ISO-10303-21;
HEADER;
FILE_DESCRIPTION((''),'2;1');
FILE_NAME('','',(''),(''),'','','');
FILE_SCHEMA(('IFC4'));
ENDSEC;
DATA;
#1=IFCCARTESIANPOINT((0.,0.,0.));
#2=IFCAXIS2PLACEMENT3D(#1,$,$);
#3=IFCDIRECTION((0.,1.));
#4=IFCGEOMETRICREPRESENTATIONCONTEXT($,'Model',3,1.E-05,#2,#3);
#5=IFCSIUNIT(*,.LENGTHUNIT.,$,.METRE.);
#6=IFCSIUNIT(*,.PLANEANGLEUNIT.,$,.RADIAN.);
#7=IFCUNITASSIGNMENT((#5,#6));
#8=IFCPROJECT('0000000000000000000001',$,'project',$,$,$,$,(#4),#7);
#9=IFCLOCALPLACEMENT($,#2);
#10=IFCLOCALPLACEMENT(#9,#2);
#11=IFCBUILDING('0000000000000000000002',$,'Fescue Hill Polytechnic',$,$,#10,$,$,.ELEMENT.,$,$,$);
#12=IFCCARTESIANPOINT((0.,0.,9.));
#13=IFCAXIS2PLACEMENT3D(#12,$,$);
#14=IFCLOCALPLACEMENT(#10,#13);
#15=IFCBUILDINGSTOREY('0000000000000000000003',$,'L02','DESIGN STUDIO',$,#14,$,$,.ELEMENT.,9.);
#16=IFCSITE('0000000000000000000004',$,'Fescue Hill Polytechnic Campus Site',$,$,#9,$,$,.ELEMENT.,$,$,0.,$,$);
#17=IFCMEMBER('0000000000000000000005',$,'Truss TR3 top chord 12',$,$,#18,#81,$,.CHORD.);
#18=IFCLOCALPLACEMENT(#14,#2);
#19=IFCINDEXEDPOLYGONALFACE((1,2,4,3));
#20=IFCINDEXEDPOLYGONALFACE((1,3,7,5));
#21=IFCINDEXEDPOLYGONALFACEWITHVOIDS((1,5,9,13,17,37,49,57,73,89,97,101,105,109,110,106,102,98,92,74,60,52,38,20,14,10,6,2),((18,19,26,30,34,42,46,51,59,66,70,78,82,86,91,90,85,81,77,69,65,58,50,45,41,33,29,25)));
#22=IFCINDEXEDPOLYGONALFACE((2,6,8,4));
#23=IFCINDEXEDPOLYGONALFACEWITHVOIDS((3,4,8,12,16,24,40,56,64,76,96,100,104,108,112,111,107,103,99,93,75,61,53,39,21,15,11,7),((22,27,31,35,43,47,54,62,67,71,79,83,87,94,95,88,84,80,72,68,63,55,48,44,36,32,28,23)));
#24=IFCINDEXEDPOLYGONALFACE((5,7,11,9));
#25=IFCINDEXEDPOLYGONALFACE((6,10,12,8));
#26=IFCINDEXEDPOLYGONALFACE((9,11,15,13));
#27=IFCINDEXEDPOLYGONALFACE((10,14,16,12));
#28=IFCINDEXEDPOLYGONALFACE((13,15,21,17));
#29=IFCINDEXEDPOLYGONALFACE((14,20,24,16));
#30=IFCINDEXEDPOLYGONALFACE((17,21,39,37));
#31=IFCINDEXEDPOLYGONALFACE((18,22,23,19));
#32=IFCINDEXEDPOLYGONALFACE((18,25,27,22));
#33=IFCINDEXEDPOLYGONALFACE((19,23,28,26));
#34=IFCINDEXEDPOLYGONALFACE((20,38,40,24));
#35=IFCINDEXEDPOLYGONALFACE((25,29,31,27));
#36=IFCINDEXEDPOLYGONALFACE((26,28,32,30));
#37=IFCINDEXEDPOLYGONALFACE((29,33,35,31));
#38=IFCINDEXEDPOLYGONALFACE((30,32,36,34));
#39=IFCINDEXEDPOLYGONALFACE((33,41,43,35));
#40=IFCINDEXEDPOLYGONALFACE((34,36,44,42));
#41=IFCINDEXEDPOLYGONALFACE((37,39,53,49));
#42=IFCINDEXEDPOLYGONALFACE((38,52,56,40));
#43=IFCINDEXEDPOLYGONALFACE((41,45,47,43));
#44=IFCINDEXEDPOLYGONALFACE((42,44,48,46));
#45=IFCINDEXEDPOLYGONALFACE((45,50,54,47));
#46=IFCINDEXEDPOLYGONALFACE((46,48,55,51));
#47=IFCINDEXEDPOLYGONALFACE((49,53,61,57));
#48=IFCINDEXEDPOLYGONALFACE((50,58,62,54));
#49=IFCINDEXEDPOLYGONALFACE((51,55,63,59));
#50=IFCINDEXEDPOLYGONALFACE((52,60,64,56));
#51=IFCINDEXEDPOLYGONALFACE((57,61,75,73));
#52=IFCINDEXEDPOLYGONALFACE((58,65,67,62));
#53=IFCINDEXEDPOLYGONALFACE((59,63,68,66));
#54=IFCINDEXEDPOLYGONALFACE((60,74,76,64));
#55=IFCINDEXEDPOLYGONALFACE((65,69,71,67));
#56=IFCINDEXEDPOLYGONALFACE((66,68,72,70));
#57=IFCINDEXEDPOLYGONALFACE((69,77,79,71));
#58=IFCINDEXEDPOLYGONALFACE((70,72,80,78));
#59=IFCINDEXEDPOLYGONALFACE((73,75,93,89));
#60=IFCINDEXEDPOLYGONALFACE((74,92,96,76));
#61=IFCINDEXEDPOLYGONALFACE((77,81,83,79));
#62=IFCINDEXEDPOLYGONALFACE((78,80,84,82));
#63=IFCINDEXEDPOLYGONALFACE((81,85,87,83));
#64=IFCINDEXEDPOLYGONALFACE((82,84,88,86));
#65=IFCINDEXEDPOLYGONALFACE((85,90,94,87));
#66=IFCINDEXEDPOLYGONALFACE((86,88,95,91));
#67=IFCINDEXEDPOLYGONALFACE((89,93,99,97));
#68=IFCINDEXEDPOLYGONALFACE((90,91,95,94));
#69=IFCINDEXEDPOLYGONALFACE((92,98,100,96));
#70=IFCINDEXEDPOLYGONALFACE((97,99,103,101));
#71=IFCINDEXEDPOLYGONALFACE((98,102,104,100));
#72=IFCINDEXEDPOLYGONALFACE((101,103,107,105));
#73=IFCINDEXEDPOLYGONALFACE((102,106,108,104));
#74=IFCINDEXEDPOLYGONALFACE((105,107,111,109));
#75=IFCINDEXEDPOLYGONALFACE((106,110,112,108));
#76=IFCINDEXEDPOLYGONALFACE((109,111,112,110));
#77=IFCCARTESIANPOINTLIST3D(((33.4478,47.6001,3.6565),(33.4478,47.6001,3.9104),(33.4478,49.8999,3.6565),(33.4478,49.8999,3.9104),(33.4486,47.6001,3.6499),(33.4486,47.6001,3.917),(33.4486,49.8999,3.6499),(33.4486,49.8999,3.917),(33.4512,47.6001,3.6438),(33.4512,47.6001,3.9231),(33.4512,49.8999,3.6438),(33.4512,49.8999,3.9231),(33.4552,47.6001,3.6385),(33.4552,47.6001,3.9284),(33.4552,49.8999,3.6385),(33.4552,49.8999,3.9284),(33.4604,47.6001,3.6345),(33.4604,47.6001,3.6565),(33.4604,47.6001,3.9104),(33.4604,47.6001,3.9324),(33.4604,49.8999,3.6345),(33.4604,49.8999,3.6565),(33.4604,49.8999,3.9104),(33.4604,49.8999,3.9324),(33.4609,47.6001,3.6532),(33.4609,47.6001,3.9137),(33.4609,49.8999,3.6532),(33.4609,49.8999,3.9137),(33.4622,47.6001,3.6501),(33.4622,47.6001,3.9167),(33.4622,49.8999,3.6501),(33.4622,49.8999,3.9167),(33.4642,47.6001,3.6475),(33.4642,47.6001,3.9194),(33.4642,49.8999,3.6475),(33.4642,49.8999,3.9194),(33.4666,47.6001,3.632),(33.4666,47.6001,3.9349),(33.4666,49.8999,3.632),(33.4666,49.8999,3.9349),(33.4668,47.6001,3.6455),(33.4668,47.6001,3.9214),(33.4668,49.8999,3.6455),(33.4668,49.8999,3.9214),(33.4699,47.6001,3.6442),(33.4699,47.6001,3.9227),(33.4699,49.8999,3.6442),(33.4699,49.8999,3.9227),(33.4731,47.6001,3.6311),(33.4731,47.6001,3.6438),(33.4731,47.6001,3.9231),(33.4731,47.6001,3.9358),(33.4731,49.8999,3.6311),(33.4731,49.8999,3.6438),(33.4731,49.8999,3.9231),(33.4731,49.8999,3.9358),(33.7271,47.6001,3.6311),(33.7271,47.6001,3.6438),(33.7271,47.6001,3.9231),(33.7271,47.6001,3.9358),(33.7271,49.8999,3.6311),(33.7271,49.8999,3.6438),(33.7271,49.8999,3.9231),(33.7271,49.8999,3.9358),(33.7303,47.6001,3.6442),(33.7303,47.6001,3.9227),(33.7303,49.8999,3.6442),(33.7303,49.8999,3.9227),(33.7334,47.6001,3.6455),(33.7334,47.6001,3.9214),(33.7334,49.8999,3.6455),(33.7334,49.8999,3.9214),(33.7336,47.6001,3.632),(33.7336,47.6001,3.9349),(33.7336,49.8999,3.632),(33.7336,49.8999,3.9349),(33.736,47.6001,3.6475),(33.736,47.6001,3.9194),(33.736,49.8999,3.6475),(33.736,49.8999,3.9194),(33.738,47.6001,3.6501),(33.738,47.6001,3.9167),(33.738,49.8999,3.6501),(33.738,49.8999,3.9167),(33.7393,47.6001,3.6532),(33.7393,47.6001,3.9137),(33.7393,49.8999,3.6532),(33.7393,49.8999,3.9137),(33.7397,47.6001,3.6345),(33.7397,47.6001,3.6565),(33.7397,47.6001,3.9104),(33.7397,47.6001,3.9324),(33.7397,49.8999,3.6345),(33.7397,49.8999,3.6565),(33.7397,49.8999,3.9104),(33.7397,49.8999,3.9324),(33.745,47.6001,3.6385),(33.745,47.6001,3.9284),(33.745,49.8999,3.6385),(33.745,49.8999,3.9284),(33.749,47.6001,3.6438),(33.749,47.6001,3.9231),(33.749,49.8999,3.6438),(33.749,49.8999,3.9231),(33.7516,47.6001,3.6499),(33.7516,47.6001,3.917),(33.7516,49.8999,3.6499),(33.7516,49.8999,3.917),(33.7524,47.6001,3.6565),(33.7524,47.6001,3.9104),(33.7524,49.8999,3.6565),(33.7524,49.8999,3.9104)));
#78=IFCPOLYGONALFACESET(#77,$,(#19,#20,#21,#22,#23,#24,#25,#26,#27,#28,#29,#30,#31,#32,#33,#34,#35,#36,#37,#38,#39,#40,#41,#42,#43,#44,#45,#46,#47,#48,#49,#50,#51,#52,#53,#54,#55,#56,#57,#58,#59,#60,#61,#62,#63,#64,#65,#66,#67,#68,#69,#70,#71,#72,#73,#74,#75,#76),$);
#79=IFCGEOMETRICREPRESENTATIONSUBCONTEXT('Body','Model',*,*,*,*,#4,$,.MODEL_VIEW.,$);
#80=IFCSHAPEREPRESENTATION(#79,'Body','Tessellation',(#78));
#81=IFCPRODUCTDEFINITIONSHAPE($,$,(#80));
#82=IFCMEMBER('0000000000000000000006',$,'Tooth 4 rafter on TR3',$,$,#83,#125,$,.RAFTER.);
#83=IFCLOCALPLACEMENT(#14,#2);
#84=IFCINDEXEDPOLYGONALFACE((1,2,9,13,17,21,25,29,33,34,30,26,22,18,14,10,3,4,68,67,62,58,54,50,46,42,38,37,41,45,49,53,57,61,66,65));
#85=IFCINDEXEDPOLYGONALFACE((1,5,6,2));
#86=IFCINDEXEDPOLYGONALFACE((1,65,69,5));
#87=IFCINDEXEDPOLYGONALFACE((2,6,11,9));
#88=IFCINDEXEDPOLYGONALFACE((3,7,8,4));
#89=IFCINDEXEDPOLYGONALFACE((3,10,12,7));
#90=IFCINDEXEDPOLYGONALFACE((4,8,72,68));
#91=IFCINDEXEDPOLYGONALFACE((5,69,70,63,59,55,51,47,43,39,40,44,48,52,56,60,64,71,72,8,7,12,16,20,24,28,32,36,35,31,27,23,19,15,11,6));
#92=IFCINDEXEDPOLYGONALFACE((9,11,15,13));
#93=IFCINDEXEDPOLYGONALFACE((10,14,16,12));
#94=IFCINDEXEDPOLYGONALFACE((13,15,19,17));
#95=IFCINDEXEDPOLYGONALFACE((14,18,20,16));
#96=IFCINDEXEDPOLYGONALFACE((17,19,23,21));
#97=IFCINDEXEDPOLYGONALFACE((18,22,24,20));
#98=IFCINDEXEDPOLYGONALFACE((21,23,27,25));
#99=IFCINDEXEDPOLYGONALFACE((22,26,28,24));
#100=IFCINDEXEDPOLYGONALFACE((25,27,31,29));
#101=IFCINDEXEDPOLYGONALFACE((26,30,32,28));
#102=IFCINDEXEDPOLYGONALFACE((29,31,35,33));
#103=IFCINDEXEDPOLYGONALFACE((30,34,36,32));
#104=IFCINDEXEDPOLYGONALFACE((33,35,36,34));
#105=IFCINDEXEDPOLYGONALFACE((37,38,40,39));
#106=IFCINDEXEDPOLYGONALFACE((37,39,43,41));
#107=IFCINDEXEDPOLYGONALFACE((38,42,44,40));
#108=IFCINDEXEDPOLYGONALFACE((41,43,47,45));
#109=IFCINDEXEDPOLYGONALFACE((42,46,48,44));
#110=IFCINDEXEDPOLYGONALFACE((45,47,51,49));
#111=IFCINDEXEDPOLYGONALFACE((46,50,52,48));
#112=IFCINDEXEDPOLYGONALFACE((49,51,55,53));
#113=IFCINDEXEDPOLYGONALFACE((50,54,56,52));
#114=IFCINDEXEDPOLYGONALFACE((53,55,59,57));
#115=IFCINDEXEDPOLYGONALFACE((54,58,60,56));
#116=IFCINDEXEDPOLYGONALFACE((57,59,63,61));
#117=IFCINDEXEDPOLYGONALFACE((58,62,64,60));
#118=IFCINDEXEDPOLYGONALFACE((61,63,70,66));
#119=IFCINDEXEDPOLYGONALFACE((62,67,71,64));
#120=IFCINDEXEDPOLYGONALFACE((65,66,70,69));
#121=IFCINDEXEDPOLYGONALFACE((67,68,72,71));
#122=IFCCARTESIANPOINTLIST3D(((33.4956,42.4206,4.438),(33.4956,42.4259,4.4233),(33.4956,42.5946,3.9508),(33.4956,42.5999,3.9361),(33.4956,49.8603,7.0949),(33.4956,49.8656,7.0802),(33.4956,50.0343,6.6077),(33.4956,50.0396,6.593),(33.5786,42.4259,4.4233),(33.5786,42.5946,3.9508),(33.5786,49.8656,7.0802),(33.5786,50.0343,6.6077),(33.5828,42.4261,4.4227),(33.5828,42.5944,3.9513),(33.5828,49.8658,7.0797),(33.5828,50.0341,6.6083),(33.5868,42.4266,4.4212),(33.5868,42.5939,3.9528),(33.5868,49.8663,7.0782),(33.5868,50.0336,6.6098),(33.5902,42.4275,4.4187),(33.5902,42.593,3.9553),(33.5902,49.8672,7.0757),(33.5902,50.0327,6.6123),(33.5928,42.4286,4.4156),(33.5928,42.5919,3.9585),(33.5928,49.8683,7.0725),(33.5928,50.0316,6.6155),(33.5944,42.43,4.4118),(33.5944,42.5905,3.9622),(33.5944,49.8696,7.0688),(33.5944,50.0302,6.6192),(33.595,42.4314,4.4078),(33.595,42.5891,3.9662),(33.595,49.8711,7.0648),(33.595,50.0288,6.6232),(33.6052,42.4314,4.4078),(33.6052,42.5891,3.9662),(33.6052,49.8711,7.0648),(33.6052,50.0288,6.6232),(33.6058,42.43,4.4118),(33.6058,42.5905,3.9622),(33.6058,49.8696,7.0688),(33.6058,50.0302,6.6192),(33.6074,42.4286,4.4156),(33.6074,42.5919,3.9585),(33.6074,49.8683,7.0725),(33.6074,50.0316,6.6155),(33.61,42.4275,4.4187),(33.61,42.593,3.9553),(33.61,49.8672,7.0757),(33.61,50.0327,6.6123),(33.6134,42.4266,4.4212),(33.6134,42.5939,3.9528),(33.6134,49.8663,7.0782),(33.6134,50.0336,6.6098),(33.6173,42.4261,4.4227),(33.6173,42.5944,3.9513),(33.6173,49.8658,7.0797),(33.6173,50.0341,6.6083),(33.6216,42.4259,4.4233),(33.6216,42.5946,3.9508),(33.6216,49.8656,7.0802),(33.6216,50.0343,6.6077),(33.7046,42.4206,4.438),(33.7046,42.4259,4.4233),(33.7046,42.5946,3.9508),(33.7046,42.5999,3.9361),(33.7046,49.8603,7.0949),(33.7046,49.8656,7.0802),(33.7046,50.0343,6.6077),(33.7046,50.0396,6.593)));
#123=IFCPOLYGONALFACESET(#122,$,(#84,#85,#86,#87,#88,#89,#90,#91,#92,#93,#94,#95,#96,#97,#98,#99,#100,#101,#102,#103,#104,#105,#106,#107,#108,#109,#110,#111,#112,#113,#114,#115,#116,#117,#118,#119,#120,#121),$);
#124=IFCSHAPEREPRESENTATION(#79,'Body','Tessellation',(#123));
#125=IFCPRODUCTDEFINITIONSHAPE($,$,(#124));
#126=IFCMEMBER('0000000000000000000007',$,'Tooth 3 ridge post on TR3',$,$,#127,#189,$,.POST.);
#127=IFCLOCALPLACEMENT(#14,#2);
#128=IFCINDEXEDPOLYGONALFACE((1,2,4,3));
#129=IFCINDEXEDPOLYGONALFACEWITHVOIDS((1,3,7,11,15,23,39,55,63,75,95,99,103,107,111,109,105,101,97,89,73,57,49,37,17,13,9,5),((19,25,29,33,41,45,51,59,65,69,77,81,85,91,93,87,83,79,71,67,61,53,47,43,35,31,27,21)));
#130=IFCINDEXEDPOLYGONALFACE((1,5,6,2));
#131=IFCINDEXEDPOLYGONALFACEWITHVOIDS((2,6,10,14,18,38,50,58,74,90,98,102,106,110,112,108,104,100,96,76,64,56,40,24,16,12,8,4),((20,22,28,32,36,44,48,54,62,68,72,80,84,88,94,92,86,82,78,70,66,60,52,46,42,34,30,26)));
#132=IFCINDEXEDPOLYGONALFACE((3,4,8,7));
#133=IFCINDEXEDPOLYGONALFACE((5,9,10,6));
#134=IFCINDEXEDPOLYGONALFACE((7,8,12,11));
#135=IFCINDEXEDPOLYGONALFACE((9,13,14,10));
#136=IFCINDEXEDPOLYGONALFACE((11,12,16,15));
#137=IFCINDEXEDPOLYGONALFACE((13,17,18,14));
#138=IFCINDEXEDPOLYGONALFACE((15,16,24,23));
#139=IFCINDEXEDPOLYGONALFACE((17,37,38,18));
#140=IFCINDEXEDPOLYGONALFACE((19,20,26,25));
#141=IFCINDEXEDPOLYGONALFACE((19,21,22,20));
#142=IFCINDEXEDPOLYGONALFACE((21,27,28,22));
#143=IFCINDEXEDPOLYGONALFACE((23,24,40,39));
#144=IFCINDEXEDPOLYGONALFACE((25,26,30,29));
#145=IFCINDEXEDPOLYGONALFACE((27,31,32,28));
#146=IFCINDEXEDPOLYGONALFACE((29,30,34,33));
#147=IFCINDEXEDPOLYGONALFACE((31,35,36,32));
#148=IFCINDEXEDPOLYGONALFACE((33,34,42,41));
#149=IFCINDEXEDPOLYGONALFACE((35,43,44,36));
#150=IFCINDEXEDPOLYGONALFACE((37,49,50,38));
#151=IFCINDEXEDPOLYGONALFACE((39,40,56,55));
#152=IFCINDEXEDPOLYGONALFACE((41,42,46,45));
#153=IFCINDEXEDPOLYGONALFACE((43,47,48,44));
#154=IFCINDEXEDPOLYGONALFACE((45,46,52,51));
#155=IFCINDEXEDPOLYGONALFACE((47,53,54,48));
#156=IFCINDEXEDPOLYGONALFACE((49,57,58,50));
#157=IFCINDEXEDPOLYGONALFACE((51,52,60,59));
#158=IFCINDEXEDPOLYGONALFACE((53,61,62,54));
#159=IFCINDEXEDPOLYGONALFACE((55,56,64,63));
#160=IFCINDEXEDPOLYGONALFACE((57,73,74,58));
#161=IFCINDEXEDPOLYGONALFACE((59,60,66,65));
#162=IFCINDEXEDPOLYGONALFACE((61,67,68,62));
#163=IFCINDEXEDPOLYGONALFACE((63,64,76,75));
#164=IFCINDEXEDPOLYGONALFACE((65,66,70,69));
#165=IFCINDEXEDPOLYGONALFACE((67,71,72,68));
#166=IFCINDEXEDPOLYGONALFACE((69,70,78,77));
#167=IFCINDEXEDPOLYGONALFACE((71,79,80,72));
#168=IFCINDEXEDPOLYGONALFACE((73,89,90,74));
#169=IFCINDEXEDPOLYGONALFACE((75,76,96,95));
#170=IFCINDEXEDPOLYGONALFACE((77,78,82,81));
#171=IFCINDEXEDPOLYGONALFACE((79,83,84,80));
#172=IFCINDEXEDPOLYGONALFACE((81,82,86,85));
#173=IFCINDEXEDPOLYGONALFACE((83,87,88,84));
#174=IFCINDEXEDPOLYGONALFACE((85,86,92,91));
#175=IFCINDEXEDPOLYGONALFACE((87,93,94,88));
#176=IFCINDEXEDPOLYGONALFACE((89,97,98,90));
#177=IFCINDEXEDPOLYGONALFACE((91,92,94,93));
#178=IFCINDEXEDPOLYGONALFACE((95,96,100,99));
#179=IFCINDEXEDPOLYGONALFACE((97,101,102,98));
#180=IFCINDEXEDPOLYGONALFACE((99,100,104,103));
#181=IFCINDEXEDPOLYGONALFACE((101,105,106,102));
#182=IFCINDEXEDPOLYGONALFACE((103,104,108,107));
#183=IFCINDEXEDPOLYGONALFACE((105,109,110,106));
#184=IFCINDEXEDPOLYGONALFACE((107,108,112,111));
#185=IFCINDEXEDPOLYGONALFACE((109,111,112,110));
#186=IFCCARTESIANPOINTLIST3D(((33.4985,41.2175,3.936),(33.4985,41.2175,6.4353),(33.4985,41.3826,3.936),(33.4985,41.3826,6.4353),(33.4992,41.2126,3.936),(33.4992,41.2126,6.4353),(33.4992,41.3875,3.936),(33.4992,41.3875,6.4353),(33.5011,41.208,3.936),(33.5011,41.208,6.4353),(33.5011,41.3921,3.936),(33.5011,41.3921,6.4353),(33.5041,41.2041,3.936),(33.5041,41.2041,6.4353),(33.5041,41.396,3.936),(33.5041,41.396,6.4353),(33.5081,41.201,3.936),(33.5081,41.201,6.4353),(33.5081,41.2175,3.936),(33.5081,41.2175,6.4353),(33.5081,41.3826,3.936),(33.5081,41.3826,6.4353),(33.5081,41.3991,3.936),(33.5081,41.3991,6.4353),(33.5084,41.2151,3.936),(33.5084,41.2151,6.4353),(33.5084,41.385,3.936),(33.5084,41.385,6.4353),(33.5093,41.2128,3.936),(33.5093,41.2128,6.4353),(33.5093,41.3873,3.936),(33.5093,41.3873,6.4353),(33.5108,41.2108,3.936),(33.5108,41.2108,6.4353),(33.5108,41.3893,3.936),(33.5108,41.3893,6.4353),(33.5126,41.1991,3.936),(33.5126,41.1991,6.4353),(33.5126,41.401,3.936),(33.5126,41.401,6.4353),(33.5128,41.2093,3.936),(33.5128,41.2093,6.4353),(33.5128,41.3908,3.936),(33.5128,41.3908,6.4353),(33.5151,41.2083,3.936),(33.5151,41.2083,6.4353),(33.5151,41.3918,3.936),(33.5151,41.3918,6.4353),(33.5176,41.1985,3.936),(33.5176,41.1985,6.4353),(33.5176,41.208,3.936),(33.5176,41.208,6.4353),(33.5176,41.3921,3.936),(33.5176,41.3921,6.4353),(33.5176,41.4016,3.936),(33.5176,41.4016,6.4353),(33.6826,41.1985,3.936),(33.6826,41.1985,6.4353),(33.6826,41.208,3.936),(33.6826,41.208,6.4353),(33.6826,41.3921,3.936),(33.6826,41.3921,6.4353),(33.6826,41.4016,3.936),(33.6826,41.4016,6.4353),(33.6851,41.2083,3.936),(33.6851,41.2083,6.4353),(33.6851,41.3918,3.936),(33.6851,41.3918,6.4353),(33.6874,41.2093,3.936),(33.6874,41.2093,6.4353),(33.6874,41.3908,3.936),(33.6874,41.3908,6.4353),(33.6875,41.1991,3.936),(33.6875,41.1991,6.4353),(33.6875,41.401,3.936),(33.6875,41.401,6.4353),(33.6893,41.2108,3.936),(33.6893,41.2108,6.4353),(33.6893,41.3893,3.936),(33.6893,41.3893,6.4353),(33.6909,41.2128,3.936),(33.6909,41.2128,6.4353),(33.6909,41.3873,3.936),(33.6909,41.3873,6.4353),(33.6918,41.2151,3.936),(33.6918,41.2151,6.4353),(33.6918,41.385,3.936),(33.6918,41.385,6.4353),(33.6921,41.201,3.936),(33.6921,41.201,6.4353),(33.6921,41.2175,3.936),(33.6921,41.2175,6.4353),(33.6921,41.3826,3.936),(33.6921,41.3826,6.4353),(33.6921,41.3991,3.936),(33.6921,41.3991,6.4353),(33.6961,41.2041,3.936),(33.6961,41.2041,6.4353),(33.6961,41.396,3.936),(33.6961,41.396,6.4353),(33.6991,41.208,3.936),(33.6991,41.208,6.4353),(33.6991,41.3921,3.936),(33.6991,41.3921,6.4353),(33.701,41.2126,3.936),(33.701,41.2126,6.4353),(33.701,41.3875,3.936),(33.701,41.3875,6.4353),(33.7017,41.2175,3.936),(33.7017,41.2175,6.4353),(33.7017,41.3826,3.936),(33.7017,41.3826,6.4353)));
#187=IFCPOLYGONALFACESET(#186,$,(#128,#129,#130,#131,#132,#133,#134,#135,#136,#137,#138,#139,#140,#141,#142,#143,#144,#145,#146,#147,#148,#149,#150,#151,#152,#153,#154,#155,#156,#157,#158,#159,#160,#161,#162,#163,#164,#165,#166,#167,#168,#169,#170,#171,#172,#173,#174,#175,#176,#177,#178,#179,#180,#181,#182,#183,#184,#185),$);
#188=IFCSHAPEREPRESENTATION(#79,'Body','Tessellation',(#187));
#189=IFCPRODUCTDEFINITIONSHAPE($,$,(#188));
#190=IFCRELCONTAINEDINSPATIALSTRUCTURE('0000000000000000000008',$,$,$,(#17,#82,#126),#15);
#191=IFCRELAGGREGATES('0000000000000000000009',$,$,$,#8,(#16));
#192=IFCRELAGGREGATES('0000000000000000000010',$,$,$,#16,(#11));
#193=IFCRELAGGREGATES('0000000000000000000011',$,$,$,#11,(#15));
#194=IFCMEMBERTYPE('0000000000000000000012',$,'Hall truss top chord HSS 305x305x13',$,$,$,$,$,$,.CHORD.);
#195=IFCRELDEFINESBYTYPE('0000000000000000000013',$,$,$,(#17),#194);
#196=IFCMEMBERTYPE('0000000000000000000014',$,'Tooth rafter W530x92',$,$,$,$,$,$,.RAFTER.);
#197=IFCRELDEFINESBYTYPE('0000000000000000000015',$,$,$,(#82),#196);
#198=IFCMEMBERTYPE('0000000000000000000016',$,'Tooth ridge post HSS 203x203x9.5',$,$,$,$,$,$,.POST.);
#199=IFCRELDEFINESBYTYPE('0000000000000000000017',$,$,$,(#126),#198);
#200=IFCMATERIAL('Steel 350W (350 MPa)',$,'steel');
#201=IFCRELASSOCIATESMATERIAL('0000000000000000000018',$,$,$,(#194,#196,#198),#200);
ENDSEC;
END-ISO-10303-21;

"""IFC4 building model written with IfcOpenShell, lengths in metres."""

from ifc_helpers import new_model, si_unit, direction, frame, origin, origin_2d, place, context, subcontext, project, spatial, hollow_rectangle, i_section, extrude, material, material_profile, profile_set, type_object, element, save


model = new_model("IFC4")

# Units and contexts
model_context = context("Model", 3, precision=1e-05, world=origin(), true_north=direction((0.0, 1.0)))
body_context = subcontext(model_context, "Body", "Model", "MODEL_VIEW")
ifc_project = project(units=[si_unit("LENGTHUNIT", "METRE"), si_unit("PLANEANGLEUNIT", "RADIAN")], contexts=[model_context])

# Site, building, storey
site_placement = place(None, origin())
site = spatial("IfcSite", under=ifc_project, at=site_placement, Name="Fescue Hill Polytechnic Campus Site", CompositionType="ELEMENT", RefElevation=0.0)
building_placement = place(site_placement, origin())
building = spatial("IfcBuilding", under=site, at=building_placement, Name="Fescue Hill Polytechnic", CompositionType="ELEMENT")
storey_placement = place(building_placement, frame((0.0, 0.0, 9.0)))
storey = spatial("IfcBuildingStorey", under=building, at=storey_placement, Name="L02", Description="DESIGN STUDIO", CompositionType="ELEMENT", Elevation=9.0)

# Members
ifc_material = material(Name="Steel 350W (350 MPa)", Category="steel")
ifc_material_profile_1 = material_profile(ifc_material, hollow_rectangle(XDim=0.3047, YDim=0.3047, WallThickness=0.0127, InnerFilletRadius=0.0127, OuterFilletRadius=0.0254, at=origin_2d()), Name="Hall truss top chord HSS 305x305x13")
ifc_profile_set_1 = profile_set([ifc_material_profile_1], Name="Steel 350W (350 MPa)")
member_type_1 = type_object("IfcMemberType", Name="Hall truss top chord HSS 305x305x13", PredefinedType="CHORD", material=ifc_profile_set_1)
member_1_placement = place(storey_placement, frame((33.6001, 47.6001, 3.7834), z_axis=(0.0, 1.0, 0.0), x_axis=(-1.0, 0.0, 0.0)))
element("IfcMember", 1, at=member_1_placement, inside=storey, type_object=member_type_1, Name="Truss TR3 top chord 12", PredefinedType="CHORD", context=body_context, shape_type="SweptSolid", body=[
    extrude(hollow_rectangle(XDim=0.3047, YDim=0.3047, WallThickness=0.0127, InnerFilletRadius=0.0127, OuterFilletRadius=0.0254, at=origin_2d()), origin(), (0.0, 0.0, 1.0), 2.2998),
])
ifc_material_profile_2 = material_profile(ifc_material, i_section(OverallWidth=0.209, OverallDepth=0.533, WebThickness=0.0103, FlangeThickness=0.0156, FilletRadius=0.0164, at=origin_2d()), Name="W530x92")
ifc_profile_set_2 = profile_set([ifc_material_profile_2], Name="Steel 350W (350 MPa)")
member_type_2 = type_object("IfcMemberType", Name="Tooth rafter W530x92", PredefinedType="RAFTER", material=ifc_profile_set_2)
member_2_placement = place(storey_placement, frame((33.6001, 42.5103, 4.187), z_axis=(0.0, 0.941744, 0.336331), x_axis=(-1.0, 0.0, 0.0)))
element("IfcMember", 2, at=member_2_placement, inside=storey, type_object=member_type_2, Name="Tooth 4 rafter on TR3", PredefinedType="RAFTER", context=body_context, shape_type="SweptSolid", body=[
    extrude(i_section(OverallWidth=0.209, OverallDepth=0.533, WebThickness=0.0103, FlangeThickness=0.0156, FilletRadius=0.0164, at=origin_2d()), origin(), (0.0, 0.0, 1.0), 7.8999),
])
ifc_material_profile_3 = material_profile(ifc_material, hollow_rectangle(XDim=0.2031, YDim=0.2031, WallThickness=0.0095, InnerFilletRadius=0.0095, OuterFilletRadius=0.019, at=origin_2d()), Name="Tooth ridge post HSS 203x203x9.5")
ifc_profile_set_3 = profile_set([ifc_material_profile_3], Name="Steel 350W (350 MPa)")
member_type_3 = type_object("IfcMemberType", Name="Tooth ridge post HSS 203x203x9.5", PredefinedType="POST", material=ifc_profile_set_3)
for number, where, z_axis, x_axis, name in (
    (3, (33.6001, 41.3, 3.936), (0.0, 0.0, 1.0), (1.0, 0.0, 0.0), "Tooth 3 ridge post on TR3"),
):
    element("IfcMember", number, at=place(storey_placement, frame(where, z_axis=z_axis, x_axis=x_axis)), inside=storey, type_object=member_type_3, Name=name, PredefinedType="POST", context=body_context, shape_type="SweptSolid", body=[
        extrude(hollow_rectangle(XDim=0.2031, YDim=0.2031, WallThickness=0.0095, InnerFilletRadius=0.0095, OuterFilletRadius=0.019, at=origin_2d()), origin(), (0.0, 0.0, 1.0), 2.4993),
    ])

save(model, "model.ifc")
